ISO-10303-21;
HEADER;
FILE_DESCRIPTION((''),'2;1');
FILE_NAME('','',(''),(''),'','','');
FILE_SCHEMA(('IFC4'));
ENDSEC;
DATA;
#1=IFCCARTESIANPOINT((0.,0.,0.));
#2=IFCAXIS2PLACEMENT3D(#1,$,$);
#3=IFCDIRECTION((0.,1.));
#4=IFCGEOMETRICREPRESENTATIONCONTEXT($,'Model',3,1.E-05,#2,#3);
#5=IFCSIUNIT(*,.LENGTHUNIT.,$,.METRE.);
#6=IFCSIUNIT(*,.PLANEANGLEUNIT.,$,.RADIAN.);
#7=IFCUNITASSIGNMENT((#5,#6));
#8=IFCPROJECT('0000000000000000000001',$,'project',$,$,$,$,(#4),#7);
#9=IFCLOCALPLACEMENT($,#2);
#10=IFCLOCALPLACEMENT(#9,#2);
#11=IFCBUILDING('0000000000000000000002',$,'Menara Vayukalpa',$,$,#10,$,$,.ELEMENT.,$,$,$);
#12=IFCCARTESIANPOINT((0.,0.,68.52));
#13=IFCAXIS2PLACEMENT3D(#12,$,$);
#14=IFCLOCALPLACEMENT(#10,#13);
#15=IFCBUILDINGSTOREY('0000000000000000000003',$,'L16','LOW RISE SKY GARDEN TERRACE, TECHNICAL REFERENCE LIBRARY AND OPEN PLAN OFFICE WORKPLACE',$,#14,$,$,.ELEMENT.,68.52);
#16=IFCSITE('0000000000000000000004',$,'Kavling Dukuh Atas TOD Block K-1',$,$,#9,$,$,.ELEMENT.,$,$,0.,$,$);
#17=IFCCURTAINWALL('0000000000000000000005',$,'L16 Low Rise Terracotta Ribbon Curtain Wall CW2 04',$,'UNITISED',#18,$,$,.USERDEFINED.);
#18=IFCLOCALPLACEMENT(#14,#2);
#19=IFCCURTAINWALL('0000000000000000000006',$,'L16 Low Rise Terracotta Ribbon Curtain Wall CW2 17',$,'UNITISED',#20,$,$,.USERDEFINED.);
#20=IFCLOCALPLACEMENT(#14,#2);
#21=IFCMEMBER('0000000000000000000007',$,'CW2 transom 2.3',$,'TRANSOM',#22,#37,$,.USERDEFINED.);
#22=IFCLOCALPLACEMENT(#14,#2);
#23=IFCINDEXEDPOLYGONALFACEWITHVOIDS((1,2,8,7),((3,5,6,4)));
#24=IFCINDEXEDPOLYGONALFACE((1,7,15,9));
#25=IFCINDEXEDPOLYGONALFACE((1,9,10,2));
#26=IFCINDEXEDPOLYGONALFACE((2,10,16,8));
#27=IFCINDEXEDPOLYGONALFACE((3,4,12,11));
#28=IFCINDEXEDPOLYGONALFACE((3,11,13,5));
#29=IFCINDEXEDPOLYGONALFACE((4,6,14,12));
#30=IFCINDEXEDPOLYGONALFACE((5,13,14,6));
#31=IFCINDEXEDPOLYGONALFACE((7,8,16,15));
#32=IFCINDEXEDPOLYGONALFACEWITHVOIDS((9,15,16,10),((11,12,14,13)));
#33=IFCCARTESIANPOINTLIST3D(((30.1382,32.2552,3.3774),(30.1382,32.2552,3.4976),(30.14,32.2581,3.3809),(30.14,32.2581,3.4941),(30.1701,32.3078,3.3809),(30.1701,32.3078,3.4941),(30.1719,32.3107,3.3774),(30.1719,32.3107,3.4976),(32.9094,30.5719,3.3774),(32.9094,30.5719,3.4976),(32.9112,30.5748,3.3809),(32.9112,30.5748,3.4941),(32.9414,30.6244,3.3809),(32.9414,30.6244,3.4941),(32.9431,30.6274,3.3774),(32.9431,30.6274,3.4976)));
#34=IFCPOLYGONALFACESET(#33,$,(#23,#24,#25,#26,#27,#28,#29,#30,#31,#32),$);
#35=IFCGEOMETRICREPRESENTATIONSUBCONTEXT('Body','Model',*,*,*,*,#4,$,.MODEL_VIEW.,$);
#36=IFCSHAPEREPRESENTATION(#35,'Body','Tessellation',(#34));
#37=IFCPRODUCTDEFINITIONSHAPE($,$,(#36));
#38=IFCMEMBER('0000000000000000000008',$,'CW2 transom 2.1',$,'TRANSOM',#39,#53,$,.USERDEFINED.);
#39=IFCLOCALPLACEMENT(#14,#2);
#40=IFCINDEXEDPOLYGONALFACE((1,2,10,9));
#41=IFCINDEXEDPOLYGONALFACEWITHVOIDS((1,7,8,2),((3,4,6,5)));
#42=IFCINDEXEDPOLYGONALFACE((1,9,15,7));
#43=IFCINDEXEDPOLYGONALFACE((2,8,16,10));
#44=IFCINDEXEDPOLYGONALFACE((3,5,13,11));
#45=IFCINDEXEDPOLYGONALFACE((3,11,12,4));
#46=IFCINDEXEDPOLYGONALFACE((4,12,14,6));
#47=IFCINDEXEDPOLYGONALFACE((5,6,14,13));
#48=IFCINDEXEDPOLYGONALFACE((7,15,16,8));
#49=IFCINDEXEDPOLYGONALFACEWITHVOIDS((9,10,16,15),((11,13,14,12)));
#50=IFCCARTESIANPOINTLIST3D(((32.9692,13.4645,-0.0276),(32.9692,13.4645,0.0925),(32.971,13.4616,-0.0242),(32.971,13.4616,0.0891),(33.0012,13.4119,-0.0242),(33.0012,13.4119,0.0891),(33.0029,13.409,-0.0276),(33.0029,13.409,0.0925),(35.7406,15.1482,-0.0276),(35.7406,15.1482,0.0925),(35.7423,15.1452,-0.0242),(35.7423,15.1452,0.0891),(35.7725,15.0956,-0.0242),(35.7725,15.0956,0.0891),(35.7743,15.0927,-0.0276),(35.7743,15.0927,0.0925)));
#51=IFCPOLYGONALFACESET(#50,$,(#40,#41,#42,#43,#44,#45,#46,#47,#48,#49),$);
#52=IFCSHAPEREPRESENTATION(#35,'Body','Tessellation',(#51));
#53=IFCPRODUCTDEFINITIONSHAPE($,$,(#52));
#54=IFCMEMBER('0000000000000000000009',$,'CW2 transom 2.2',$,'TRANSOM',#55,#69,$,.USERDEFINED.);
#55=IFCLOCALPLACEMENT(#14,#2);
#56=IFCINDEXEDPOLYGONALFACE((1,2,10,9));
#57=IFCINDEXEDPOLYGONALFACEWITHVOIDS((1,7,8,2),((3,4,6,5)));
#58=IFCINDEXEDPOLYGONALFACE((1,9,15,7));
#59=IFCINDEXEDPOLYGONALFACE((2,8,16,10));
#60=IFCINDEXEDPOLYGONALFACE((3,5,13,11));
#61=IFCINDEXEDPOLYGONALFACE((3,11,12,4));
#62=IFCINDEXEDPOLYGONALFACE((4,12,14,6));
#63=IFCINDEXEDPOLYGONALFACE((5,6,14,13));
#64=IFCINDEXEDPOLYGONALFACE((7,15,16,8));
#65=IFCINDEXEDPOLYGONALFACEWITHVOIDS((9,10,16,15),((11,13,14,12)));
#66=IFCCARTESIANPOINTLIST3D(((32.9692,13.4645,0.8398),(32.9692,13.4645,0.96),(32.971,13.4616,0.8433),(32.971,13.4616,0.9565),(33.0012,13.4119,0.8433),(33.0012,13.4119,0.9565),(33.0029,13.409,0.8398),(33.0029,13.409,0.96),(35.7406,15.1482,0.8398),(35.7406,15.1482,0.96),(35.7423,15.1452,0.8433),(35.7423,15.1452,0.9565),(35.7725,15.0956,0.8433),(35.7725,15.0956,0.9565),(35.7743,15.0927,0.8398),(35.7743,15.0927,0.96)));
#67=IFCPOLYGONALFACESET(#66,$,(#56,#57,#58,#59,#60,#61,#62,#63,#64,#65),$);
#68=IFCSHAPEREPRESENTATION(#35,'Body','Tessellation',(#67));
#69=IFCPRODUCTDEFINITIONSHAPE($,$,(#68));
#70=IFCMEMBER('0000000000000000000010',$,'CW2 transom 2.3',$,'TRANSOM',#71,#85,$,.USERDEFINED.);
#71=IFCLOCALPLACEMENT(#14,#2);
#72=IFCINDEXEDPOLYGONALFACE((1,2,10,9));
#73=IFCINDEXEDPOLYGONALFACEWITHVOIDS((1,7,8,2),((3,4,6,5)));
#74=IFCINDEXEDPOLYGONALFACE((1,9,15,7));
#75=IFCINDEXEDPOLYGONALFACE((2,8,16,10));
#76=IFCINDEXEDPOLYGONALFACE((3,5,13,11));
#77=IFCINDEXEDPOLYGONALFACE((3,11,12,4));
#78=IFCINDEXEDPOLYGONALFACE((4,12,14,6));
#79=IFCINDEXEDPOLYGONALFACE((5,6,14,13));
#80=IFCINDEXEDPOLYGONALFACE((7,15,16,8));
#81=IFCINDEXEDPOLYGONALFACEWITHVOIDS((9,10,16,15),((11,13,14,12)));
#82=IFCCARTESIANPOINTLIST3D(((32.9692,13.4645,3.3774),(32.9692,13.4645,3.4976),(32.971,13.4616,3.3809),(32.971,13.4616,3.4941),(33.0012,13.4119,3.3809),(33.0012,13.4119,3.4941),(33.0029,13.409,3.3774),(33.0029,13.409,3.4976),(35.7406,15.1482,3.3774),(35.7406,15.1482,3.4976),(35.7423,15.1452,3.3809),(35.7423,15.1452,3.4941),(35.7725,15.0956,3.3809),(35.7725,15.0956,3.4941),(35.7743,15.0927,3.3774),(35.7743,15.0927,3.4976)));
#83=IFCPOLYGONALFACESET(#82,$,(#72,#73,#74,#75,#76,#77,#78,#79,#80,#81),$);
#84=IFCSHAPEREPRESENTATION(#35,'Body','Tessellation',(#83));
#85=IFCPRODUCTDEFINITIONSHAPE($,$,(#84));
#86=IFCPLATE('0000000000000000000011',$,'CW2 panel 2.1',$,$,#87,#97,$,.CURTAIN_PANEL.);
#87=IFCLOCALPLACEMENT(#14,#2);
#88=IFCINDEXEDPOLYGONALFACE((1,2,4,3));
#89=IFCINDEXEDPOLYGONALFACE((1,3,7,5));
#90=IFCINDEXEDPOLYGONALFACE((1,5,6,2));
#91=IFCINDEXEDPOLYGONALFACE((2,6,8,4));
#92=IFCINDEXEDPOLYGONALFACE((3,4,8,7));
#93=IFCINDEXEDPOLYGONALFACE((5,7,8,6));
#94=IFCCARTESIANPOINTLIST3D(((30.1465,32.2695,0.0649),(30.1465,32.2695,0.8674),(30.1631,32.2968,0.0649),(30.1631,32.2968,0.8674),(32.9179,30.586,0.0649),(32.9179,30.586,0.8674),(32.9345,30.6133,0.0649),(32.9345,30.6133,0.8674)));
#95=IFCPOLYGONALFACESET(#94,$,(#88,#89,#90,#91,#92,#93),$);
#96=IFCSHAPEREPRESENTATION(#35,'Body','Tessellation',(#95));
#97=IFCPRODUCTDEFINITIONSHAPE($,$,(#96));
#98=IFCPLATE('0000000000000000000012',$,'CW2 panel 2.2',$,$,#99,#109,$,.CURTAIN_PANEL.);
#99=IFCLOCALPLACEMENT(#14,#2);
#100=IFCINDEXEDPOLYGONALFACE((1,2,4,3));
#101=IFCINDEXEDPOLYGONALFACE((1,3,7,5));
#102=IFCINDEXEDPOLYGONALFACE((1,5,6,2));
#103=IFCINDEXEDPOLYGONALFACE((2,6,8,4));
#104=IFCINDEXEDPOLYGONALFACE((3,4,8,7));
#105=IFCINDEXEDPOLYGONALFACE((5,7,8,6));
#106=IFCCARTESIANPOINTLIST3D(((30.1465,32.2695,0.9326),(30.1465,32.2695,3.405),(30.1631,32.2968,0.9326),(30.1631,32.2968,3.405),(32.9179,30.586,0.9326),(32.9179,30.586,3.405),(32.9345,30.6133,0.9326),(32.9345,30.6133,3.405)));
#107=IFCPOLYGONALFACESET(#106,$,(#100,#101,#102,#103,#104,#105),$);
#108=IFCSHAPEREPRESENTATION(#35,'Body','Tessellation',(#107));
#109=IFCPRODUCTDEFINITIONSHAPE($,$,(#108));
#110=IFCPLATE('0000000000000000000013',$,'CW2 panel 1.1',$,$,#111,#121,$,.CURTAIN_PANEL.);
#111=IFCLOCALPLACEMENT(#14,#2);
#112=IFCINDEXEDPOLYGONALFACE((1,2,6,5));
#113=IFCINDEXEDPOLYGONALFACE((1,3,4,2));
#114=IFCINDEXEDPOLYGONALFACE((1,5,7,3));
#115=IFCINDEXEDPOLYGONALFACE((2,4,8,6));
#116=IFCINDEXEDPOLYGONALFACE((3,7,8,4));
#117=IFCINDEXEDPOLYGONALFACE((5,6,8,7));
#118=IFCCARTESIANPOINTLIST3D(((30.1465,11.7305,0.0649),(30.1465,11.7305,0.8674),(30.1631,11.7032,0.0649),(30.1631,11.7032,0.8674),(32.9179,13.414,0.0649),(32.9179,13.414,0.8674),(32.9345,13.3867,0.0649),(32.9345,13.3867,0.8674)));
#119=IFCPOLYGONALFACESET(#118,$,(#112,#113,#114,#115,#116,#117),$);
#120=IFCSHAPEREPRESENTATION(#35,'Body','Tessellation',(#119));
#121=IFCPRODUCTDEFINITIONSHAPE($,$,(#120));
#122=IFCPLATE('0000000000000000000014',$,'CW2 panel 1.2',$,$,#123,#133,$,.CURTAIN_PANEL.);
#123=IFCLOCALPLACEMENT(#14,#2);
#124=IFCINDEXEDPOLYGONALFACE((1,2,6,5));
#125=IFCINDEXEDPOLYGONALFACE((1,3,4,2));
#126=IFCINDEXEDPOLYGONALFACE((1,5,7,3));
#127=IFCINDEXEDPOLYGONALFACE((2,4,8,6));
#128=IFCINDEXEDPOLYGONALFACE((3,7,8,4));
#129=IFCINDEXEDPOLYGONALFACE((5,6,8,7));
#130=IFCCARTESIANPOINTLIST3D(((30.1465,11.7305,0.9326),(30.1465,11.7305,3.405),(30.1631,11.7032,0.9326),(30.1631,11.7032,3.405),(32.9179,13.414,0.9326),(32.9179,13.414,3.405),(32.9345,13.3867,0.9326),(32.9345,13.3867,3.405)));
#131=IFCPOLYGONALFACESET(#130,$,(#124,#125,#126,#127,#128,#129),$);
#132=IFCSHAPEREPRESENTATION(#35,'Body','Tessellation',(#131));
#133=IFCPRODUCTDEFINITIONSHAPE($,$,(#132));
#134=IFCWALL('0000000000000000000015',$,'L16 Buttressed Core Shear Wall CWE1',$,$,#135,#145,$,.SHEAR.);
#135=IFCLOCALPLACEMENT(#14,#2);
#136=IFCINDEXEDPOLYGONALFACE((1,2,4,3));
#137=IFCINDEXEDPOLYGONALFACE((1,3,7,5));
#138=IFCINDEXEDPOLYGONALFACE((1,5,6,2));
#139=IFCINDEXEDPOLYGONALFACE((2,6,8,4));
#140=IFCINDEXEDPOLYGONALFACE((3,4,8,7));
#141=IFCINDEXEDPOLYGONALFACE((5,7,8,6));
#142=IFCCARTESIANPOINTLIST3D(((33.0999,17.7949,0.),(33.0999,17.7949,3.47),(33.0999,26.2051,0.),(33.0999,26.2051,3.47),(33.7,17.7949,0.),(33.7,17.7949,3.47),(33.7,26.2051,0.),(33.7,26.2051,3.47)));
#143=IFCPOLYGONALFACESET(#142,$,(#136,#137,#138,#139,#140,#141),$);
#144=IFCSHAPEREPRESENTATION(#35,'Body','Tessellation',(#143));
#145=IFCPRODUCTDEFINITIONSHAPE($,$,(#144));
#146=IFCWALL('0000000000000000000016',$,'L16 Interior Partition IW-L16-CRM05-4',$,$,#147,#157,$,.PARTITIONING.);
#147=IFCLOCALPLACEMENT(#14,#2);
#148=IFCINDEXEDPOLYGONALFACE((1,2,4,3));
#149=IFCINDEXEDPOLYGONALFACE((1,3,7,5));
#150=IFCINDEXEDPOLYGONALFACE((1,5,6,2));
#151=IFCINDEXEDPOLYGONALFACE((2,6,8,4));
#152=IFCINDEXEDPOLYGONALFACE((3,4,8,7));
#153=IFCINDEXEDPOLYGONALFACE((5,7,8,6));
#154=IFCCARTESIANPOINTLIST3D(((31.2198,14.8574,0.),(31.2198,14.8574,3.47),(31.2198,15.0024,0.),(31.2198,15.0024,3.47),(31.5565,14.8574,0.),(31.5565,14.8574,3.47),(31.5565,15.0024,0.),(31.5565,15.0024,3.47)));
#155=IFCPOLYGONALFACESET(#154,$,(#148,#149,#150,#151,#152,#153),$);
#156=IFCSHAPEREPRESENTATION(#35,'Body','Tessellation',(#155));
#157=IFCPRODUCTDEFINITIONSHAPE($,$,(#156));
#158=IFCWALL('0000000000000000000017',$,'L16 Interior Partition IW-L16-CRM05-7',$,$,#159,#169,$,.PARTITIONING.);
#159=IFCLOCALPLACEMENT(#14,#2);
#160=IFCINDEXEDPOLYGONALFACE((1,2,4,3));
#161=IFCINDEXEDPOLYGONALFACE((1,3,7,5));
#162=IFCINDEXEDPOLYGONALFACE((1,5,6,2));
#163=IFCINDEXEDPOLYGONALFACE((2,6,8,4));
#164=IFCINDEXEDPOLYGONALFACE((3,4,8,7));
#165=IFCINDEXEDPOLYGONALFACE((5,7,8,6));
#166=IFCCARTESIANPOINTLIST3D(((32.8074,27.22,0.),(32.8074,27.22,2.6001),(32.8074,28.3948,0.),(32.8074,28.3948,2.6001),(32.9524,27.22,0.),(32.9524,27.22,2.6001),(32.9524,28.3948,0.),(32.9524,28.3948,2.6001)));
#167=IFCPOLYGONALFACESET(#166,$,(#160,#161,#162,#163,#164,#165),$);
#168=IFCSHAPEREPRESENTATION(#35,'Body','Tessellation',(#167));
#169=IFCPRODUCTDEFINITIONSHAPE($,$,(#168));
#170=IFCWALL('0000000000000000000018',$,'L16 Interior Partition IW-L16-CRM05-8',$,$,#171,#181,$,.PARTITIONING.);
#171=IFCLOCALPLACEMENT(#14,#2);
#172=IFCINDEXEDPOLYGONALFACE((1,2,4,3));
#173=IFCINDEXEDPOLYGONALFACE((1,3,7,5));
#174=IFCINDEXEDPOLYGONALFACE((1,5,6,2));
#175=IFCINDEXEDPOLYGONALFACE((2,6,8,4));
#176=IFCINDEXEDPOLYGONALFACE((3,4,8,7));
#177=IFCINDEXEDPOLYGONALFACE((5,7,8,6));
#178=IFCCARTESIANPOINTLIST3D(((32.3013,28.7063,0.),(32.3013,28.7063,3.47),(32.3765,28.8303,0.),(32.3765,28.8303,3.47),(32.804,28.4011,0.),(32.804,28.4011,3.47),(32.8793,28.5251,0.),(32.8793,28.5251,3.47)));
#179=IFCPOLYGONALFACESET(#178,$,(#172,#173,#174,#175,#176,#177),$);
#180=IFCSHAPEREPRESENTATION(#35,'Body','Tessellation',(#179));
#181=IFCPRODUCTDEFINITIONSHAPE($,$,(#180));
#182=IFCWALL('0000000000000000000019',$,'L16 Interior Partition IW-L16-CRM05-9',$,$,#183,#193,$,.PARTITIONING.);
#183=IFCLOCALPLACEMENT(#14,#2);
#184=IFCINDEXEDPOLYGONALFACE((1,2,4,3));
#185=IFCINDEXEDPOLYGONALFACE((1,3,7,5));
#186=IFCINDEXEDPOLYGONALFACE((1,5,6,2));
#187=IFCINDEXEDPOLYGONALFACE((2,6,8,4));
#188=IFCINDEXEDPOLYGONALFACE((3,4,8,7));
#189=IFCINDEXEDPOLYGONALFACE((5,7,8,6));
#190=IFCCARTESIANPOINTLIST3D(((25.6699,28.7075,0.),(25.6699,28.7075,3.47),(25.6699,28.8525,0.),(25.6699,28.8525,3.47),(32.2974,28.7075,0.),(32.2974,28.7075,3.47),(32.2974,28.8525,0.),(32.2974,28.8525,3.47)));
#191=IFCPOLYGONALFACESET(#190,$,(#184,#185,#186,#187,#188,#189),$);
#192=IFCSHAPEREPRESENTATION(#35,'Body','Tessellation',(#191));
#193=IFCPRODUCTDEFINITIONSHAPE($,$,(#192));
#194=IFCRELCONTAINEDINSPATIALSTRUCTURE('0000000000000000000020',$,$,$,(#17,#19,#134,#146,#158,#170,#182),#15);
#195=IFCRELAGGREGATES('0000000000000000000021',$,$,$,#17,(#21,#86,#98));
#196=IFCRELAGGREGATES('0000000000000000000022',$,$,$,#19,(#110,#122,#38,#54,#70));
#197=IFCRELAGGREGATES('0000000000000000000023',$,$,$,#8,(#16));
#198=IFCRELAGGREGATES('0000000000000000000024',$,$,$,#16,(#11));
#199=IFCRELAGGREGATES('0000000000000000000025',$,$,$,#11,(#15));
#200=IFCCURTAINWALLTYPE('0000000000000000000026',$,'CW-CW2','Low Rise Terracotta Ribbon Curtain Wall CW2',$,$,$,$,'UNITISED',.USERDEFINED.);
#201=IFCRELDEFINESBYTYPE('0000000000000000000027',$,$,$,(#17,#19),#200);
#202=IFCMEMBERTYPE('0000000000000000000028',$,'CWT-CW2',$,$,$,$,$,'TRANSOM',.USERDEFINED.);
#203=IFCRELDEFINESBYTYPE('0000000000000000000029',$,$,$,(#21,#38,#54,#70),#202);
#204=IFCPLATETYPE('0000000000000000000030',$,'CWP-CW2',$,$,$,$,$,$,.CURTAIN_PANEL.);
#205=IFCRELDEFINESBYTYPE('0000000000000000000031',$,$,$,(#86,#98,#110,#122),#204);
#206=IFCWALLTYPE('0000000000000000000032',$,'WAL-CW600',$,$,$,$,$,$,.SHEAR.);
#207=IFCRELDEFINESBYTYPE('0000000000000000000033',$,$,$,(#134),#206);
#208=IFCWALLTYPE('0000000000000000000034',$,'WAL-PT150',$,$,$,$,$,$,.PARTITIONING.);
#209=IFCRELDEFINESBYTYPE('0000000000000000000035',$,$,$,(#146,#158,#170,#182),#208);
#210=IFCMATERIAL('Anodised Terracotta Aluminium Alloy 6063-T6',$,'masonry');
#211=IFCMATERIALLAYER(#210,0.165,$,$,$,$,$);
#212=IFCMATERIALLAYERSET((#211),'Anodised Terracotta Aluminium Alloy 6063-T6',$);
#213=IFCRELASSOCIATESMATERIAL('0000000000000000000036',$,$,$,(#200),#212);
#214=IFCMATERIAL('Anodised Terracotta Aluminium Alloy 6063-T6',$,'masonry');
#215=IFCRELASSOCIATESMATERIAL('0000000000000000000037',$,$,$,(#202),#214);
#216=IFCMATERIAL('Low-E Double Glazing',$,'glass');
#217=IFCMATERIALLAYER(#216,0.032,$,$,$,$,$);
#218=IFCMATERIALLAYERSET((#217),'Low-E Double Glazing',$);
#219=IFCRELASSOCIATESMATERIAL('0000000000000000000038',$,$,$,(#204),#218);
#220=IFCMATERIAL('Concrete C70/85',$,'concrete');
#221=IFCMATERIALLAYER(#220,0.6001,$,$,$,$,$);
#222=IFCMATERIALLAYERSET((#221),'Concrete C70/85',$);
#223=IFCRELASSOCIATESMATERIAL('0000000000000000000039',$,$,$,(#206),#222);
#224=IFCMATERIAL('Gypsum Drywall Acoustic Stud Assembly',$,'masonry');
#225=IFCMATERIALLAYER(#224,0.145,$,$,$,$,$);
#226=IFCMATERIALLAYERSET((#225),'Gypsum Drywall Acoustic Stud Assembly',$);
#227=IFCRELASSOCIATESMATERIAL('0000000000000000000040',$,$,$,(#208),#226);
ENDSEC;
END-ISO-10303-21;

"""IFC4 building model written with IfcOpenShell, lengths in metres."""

from ifc_helpers import new_model, si_unit, direction, frame, frame_2d, origin, origin_2d, place, context, subcontext, project, spatial, rectangle, hollow_rectangle, extrude, material, layer, layer_set, material_profile, profile_set, type_object, element, aggregate, save


model = new_model("IFC4")

# Units and contexts
model_context = context("Model", 3, precision=1e-05, world=origin(), true_north=direction((0.0, 1.0)))
body_context = subcontext(model_context, "Body", "Model", "MODEL_VIEW")
ifc_project = project(units=[si_unit("LENGTHUNIT", "METRE"), si_unit("PLANEANGLEUNIT", "RADIAN")], contexts=[model_context])

# Site, building, storey
site_placement = place(None, origin())
site = spatial("IfcSite", under=ifc_project, at=site_placement, Name="Kavling Dukuh Atas TOD Block K-1", CompositionType="ELEMENT", RefElevation=0.0)
building_placement = place(site_placement, origin())
building = spatial("IfcBuilding", under=site, at=building_placement, Name="Menara Vayukalpa", CompositionType="ELEMENT")
storey_placement = place(building_placement, frame((0.0, 0.0, 68.52)))
storey = spatial("IfcBuildingStorey", under=building, at=storey_placement, Name="L16", Description="LOW RISE SKY GARDEN TERRACE, TECHNICAL REFERENCE LIBRARY AND OPEN PLAN OFFICE WORKPLACE", CompositionType="ELEMENT", Elevation=68.52)

# Curtain walls
ifc_material_1 = material(Name="Anodised Terracotta Aluminium Alloy 6063-T6", Category="masonry")
ifc_layer_1 = layer(ifc_material_1, 0.165)
ifc_layer_set_1 = layer_set([ifc_layer_1], Name="Anodised Terracotta Aluminium Alloy 6063-T6")
curtain_wall_type = type_object("IfcCurtainWallType", Name="CW-CW2", Description="Low Rise Terracotta Ribbon Curtain Wall CW2", ElementType="UNITISED", PredefinedType="USERDEFINED", material=ifc_layer_set_1)
curtain_wall_1_placement = place(storey_placement, origin())
curtain_wall_1 = element("IfcCurtainWall", 1, at=curtain_wall_1_placement, inside=storey, type_object=curtain_wall_type, Name="L16 Low Rise Terracotta Ribbon Curtain Wall CW2 04", ObjectType="UNITISED", PredefinedType="USERDEFINED")
curtain_wall_2_placement = place(storey_placement, origin())
curtain_wall_2 = element("IfcCurtainWall", 2, at=curtain_wall_2_placement, inside=storey, type_object=curtain_wall_type, Name="L16 Low Rise Terracotta Ribbon Curtain Wall CW2 17", ObjectType="UNITISED", PredefinedType="USERDEFINED")

# Members
ifc_material_2 = material(Name="Anodised Terracotta Aluminium Alloy 6063-T6", Category="masonry")
ifc_material_profile_1 = material_profile(ifc_material_2, hollow_rectangle(XDim=0.0649, YDim=0.1201, WallThickness=0.0034, at=origin_2d()), Name="ALU 65x120x3.5")
ifc_profile_set_1 = profile_set([ifc_material_profile_1], Name="Anodised Terracotta Aluminium Alloy 6063-T6")
member_type_1 = type_object("IfcMemberType", Name="CWT-CW2", ElementType="TRANSOM", PredefinedType="USERDEFINED", material=ifc_profile_set_1)
member_1_placement = place(storey_placement, frame((32.9263, 30.5996, 3.4375), z_axis=(-0.854677, 0.519161, 0.0), x_axis=(-0.519161, -0.854677, 0.0)))
member_1 = element("IfcMember", 3, at=member_1_placement, type_object=member_type_1, Name="CW2 transom 2.3", ObjectType="TRANSOM", PredefinedType="USERDEFINED", context=body_context, shape_type="SweptSolid", body=[
    extrude(hollow_rectangle(XDim=0.0649, YDim=0.1201, WallThickness=0.0034, at=origin_2d()), origin(), (0.0, 0.0, 1.0), 3.2424),
])
member_2_placement = place(storey_placement, frame((32.9861, 13.4368, 0.0325), z_axis=(0.854643, 0.519216, 0.0), x_axis=(-0.519216, 0.854643, 0.0)))
member_2 = element("IfcMember", 4, at=member_2_placement, type_object=member_type_1, Name="CW2 transom 2.1", ObjectType="TRANSOM", PredefinedType="USERDEFINED", context=body_context, shape_type="SweptSolid", body=[
    extrude(hollow_rectangle(XDim=0.0649, YDim=0.1201, WallThickness=0.0034, at=origin_2d()), origin(), (0.0, 0.0, 1.0), 3.2427),
])
member_3_placement = place(storey_placement, frame((32.9861, 13.4368, 0.8999), z_axis=(0.854643, 0.519216, 0.0), x_axis=(-0.519216, 0.854643, 0.0)))
member_3 = element("IfcMember", 5, at=member_3_placement, type_object=member_type_1, Name="CW2 transom 2.2", ObjectType="TRANSOM", PredefinedType="USERDEFINED", context=body_context, shape_type="SweptSolid", body=[
    extrude(hollow_rectangle(XDim=0.0649, YDim=0.1201, WallThickness=0.0034, at=origin_2d()), origin(), (0.0, 0.0, 1.0), 3.2427),
])
member_4_placement = place(storey_placement, frame((32.9861, 13.4368, 3.4375), z_axis=(0.854643, 0.519216, 0.0), x_axis=(-0.519216, 0.854643, 0.0)))
member_4 = element("IfcMember", 6, at=member_4_placement, type_object=member_type_1, Name="CW2 transom 2.3", ObjectType="TRANSOM", PredefinedType="USERDEFINED", context=body_context, shape_type="SweptSolid", body=[
    extrude(hollow_rectangle(XDim=0.0649, YDim=0.1201, WallThickness=0.0034, at=origin_2d()), origin(), (0.0, 0.0, 1.0), 3.2427),
])

# Plates
ifc_material_3 = material(Name="Low-E Double Glazing", Category="glass")
ifc_layer_2 = layer(ifc_material_3, 0.032)
ifc_layer_set_2 = layer_set([ifc_layer_2], Name="Low-E Double Glazing")
plate_type = type_object("IfcPlateType", Name="CWP-CW2", PredefinedType="CURTAIN_PANEL", material=ifc_layer_set_2)
plate_1_placement = place(storey_placement, frame((31.5405, 31.4414, 0.0649), z_axis=(0.0, 0.0, 1.0), x_axis=(-0.854664, 0.519182, 0.0)))
plate_1 = element("IfcPlate", 7, at=plate_1_placement, type_object=plate_type, Name="CW2 panel 2.1", PredefinedType="CURTAIN_PANEL", context=body_context, shape_type="SweptSolid", body=[
    extrude(rectangle(XDim=3.2427, YDim=0.032, at=origin_2d()), origin(), (0.0, 0.0, 1.0), 0.8025),
])
plate_2_placement = place(storey_placement, frame((31.5405, 31.4414, 0.9326), z_axis=(0.0, 0.0, 1.0), x_axis=(-0.854664, 0.519182, 0.0)))
plate_2 = element("IfcPlate", 8, at=plate_2_placement, type_object=plate_type, Name="CW2 panel 2.2", PredefinedType="CURTAIN_PANEL", context=body_context, shape_type="SweptSolid", body=[
    extrude(rectangle(XDim=3.2427, YDim=0.032, at=origin_2d()), origin(), (0.0, 0.0, 1.0), 2.4724),
])
aggregate(curtain_wall_1, [member_1, plate_1, plate_2])
plate_3_placement = place(storey_placement, frame((31.5405, 12.5586, 0.0649), z_axis=(0.0, 0.0, 1.0), x_axis=(0.854664, 0.519182, 0.0)))
plate_3 = element("IfcPlate", 9, at=plate_3_placement, type_object=plate_type, Name="CW2 panel 1.1", PredefinedType="CURTAIN_PANEL", context=body_context, shape_type="SweptSolid", body=[
    extrude(rectangle(XDim=3.2427, YDim=0.032, at=origin_2d()), origin(), (0.0, 0.0, 1.0), 0.8025),
])
plate_4_placement = place(storey_placement, frame((31.5405, 12.5586, 0.9326), z_axis=(0.0, 0.0, 1.0), x_axis=(0.854664, 0.519182, 0.0)))
plate_4 = element("IfcPlate", 10, at=plate_4_placement, type_object=plate_type, Name="CW2 panel 1.2", PredefinedType="CURTAIN_PANEL", context=body_context, shape_type="SweptSolid", body=[
    extrude(rectangle(XDim=3.2427, YDim=0.032, at=origin_2d()), origin(), (0.0, 0.0, 1.0), 2.4724),
])
aggregate(curtain_wall_2, [plate_3, plate_4, member_2, member_3, member_4])

# Walls
ifc_material_4 = material(Name="Concrete C70/85", Category="concrete")
ifc_layer_3 = layer(ifc_material_4, 0.6001)
ifc_layer_set_3 = layer_set([ifc_layer_3], Name="Concrete C70/85")
wall_type_1 = type_object("IfcWallType", Name="WAL-CW600", PredefinedType="SHEAR", material=ifc_layer_set_3)
wall_1_placement = place(storey_placement, frame((33.3999, 17.7949, 0.0), z_axis=(0.0, 0.0, 1.0), x_axis=(0.0, 1.0, 0.0)))
element("IfcWall", 11, at=wall_1_placement, inside=storey, type_object=wall_type_1, Name="L16 Buttressed Core Shear Wall CWE1", PredefinedType="SHEAR", context=body_context, shape_type="SweptSolid", body=[
    extrude(rectangle(XDim=8.4102, YDim=0.6001, at=frame_2d((4.2051, 0.0))), origin(), (0.0, 0.0, 1.0), 3.47),
])
ifc_material_5 = material(Name="Gypsum Drywall Acoustic Stud Assembly", Category="masonry")
ifc_layer_4 = layer(ifc_material_5, 0.145)
ifc_layer_set_4 = layer_set([ifc_layer_4], Name="Gypsum Drywall Acoustic Stud Assembly")
wall_type_2 = type_object("IfcWallType", Name="WAL-PT150", PredefinedType="PARTITIONING", material=ifc_layer_set_4)
wall_2_placement = place(storey_placement, frame((31.5566, 14.9299, 0.0), z_axis=(0.0, 0.0, 1.0), x_axis=(-1.0, 0.0, 0.0)))
element("IfcWall", 12, at=wall_2_placement, inside=storey, type_object=wall_type_2, Name="L16 Interior Partition IW-L16-CRM05-4", PredefinedType="PARTITIONING", context=body_context, shape_type="SweptSolid", body=[
    extrude(rectangle(XDim=0.3367, YDim=0.145, at=frame_2d((0.1685, 0.0))), origin(), (0.0, 0.0, 1.0), 3.47),
])
wall_3_placement = place(storey_placement, frame((32.8799, 27.22, 0.0), z_axis=(0.0, 0.0, 1.0), x_axis=(0.0, 1.0, 0.0)))
element("IfcWall", 13, at=wall_3_placement, inside=storey, type_object=wall_type_2, Name="L16 Interior Partition IW-L16-CRM05-7", PredefinedType="PARTITIONING", context=body_context, shape_type="SweptSolid", body=[
    extrude(rectangle(XDim=1.1748, YDim=0.145, at=frame_2d((0.5874, 0.0))), origin(), (0.0, 0.0, 1.0), 2.6001),
])
wall_4_placement = place(storey_placement, frame((32.8416, 28.4631, 0.0), z_axis=(0.0, 0.0, 1.0), x_axis=(-0.854807, 0.518946, 0.0)))
element("IfcWall", 14, at=wall_4_placement, inside=storey, type_object=wall_type_2, Name="L16 Interior Partition IW-L16-CRM05-8", PredefinedType="PARTITIONING", context=body_context, shape_type="SweptSolid", body=[
    extrude(rectangle(XDim=0.5881, YDim=0.145, at=frame_2d((0.2939, 0.0))), origin(), (0.0, 0.0, 1.0), 3.47),
])
wall_5_placement = place(storey_placement, frame((32.2974, 28.78, 0.0), z_axis=(0.0, 0.0, 1.0), x_axis=(-1.0, 0.0, 0.0)))
element("IfcWall", 15, at=wall_5_placement, inside=storey, type_object=wall_type_2, Name="L16 Interior Partition IW-L16-CRM05-9", PredefinedType="PARTITIONING", context=body_context, shape_type="SweptSolid", body=[
    extrude(rectangle(XDim=6.6274, YDim=0.145, at=frame_2d((3.3137, 0.0))), origin(), (0.0, 0.0, 1.0), 3.47),
])

save(model, "model.ifc")
